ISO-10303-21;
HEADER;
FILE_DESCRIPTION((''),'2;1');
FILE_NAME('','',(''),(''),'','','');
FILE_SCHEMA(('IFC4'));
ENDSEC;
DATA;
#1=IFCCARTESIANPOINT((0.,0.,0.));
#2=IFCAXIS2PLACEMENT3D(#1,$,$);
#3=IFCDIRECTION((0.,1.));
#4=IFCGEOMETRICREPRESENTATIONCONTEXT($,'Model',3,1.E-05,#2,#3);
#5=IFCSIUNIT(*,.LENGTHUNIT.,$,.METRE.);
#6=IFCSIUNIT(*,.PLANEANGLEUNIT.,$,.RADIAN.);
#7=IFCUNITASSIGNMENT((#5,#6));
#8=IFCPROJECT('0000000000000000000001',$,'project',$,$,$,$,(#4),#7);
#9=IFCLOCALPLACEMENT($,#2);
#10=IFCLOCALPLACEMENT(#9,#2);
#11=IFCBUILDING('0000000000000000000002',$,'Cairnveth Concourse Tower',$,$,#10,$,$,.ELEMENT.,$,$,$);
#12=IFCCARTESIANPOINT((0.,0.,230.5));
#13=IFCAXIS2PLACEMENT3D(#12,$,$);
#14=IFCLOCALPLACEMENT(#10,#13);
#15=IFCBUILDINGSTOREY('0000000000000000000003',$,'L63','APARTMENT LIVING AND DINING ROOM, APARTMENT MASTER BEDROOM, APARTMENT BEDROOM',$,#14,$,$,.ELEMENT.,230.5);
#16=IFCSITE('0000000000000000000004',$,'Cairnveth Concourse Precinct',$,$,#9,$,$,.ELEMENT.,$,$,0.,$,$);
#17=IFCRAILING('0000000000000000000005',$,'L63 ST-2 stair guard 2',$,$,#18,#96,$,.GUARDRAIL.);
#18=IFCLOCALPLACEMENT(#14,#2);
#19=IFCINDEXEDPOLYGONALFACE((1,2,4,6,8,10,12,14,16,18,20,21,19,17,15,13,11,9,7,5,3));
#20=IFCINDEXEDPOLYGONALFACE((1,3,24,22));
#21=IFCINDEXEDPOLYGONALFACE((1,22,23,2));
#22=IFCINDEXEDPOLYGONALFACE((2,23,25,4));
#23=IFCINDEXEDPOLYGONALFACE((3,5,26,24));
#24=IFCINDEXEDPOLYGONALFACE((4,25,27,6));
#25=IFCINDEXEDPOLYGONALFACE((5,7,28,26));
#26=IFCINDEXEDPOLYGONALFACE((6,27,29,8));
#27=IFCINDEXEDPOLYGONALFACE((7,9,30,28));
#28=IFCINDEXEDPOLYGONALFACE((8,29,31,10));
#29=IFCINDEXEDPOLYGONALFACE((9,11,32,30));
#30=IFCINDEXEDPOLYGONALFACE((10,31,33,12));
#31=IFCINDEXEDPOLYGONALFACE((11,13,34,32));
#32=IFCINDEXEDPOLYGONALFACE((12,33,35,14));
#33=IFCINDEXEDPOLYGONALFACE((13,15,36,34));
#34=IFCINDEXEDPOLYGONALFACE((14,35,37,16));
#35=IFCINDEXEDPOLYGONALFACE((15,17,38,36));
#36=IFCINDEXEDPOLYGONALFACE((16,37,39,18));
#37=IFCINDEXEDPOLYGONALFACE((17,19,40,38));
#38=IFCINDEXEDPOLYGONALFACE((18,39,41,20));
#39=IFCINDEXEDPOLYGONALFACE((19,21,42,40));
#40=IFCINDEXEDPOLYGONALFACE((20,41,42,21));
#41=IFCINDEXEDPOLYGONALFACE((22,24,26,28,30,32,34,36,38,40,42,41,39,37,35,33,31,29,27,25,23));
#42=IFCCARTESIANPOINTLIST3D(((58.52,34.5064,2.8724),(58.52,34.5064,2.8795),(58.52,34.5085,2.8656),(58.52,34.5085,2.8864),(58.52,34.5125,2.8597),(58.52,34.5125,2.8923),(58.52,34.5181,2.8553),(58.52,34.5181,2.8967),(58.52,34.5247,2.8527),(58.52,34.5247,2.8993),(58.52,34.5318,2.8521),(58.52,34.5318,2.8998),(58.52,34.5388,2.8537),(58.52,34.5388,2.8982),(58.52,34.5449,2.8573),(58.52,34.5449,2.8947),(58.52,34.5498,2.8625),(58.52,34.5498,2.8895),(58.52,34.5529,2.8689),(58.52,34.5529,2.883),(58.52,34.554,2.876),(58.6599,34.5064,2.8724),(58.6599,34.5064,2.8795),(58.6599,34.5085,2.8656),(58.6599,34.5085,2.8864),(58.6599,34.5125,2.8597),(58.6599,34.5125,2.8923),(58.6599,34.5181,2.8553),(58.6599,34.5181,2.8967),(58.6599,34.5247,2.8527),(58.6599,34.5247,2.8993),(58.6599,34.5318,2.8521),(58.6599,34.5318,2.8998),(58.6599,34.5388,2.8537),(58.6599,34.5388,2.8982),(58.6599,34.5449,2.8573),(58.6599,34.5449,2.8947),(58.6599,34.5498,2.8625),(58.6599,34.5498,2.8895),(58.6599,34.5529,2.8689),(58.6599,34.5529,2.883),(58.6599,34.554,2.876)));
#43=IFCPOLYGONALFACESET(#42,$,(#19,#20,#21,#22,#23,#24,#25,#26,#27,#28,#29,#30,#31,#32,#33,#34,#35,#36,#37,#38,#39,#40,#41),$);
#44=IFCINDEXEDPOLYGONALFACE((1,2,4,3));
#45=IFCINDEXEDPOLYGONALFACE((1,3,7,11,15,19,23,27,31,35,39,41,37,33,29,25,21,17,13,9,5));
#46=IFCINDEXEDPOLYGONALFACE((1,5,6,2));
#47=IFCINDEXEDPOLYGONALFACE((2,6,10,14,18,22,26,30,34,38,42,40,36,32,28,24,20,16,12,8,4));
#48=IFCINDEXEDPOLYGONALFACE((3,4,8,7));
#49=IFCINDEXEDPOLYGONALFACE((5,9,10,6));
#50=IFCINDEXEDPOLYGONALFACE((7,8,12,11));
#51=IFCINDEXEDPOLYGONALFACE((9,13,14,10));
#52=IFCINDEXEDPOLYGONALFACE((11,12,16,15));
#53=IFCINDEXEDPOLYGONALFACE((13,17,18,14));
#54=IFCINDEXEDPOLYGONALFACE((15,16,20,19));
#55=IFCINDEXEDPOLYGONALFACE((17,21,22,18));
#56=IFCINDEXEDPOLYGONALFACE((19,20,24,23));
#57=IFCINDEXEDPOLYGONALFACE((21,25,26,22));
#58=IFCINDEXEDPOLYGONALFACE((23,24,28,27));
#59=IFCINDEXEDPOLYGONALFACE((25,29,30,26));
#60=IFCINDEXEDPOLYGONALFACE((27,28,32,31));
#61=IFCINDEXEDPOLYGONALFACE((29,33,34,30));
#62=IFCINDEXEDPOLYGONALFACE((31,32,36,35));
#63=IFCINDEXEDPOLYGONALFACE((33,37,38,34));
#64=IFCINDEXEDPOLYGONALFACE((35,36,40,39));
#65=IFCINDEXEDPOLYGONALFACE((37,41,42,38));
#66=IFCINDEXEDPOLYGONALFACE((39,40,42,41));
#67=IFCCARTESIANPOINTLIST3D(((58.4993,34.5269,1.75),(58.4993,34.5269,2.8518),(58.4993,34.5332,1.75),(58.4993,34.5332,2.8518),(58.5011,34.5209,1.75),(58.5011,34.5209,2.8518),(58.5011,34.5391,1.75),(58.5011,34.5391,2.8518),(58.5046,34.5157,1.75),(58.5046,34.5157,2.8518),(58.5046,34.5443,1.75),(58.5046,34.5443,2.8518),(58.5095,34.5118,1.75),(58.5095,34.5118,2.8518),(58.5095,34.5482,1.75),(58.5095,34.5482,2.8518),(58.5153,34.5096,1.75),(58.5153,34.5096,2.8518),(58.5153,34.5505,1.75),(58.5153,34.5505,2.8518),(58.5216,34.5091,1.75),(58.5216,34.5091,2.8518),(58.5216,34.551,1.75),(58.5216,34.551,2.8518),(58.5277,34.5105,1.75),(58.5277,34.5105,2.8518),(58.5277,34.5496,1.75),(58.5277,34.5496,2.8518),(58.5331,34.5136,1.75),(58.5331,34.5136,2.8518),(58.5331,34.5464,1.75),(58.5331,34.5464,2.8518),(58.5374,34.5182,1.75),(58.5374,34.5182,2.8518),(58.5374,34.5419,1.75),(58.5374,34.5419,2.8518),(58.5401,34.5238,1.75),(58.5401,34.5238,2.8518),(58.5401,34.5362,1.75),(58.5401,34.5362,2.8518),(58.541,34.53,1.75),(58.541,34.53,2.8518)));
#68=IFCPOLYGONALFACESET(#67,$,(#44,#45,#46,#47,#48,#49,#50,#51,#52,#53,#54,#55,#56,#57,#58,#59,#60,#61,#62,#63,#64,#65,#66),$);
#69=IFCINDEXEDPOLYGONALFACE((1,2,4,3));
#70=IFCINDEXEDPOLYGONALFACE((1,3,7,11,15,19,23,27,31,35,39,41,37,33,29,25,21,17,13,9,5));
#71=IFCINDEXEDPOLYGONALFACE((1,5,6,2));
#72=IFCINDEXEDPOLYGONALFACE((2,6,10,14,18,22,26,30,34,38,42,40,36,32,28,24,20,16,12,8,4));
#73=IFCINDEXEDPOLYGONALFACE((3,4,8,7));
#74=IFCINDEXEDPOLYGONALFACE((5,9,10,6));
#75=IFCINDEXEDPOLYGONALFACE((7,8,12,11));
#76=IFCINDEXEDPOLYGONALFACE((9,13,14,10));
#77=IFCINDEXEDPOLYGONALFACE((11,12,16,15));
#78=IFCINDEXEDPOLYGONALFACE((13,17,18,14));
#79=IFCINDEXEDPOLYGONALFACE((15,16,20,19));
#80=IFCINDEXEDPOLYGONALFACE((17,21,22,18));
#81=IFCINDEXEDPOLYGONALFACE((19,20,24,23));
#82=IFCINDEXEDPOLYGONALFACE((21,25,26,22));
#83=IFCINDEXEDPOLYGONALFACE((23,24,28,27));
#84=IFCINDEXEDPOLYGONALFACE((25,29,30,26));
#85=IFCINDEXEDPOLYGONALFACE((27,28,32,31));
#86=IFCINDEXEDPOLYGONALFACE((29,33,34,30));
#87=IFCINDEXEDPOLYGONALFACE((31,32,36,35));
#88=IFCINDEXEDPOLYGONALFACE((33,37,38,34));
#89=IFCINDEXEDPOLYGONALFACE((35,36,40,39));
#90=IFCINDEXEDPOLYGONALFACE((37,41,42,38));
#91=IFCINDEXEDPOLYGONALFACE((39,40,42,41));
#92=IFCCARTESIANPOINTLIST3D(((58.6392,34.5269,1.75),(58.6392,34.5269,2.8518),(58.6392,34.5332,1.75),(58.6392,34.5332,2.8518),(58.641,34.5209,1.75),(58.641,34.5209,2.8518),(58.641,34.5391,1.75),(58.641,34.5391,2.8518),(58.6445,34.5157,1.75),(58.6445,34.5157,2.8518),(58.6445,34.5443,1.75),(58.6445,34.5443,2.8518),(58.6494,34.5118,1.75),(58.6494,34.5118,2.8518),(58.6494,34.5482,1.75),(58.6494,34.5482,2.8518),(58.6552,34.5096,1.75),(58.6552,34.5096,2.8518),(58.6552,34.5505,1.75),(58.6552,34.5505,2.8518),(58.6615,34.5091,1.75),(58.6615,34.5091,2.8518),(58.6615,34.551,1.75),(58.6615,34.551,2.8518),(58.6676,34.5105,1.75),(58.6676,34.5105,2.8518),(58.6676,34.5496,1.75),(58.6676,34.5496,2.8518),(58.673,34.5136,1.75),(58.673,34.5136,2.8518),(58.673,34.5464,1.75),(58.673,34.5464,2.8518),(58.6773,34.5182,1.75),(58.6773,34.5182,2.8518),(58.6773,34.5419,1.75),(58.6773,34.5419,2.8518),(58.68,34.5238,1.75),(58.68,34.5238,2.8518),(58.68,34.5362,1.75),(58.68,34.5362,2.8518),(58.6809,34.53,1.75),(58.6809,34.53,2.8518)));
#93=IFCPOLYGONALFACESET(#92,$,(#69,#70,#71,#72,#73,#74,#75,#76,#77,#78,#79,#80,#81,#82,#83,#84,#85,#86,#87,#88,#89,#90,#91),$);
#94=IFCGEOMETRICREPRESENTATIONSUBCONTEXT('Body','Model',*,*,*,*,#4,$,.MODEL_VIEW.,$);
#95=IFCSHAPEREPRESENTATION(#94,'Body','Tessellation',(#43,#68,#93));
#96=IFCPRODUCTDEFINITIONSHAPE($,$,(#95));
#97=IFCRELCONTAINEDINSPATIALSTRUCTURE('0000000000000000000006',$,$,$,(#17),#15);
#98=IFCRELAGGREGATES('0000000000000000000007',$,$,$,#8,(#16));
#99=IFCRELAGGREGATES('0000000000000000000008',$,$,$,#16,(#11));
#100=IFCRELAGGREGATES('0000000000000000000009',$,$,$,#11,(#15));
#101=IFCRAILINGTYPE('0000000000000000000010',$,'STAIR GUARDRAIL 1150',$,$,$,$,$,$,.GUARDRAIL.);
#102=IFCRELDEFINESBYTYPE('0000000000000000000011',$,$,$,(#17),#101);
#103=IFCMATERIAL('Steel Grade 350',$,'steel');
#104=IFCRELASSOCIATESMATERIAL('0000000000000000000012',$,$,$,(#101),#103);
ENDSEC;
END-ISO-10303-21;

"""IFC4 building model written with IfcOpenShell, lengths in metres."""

from ifc_helpers import new_model, si_unit, direction, frame, origin, origin_2d, place, context, subcontext, project, spatial, circle, extrude, material, type_object, element, save


model = new_model("IFC4")

# Units and contexts
model_context = context("Model", 3, precision=1e-05, world=origin(), true_north=direction((0.0, 1.0)))
body_context = subcontext(model_context, "Body", "Model", "MODEL_VIEW")
ifc_project = project(units=[si_unit("LENGTHUNIT", "METRE"), si_unit("PLANEANGLEUNIT", "RADIAN")], contexts=[model_context])

# Site, building, storey
site_placement = place(None, origin())
site = spatial("IfcSite", under=ifc_project, at=site_placement, Name="Cairnveth Concourse Precinct", CompositionType="ELEMENT", RefElevation=0.0)
building_placement = place(site_placement, origin())
building = spatial("IfcBuilding", under=site, at=building_placement, Name="Cairnveth Concourse Tower", CompositionType="ELEMENT")
storey_placement = place(building_placement, frame((0.0, 0.0, 230.5)))
storey = spatial("IfcBuildingStorey", under=building, at=storey_placement, Name="L63", Description="APARTMENT LIVING AND DINING ROOM, APARTMENT MASTER BEDROOM, APARTMENT BEDROOM", CompositionType="ELEMENT", Elevation=230.5)

# Shared definitions
ifc_material_1 = material(Name="Steel Grade 350", Category="steel")

# Railing
railing_type_1 = type_object("IfcRailingType", Name="STAIR GUARDRAIL 1150", PredefinedType="GUARDRAIL", material=ifc_material_1)
railing_1_placement = place(storey_placement, frame((58.52, 34.53, 1.75)))
element("IfcRailing", 1, at=railing_1_placement, inside=storey, type_object=railing_type_1, Name="L63 ST-2 stair guard 2", PredefinedType="GUARDRAIL", context=body_context, shape_type="SweptSolid", body=[
    extrude(circle(Radius=0.0239, at=origin_2d()), frame((0.0, 0.0, 1.126), z_axis=(1.0, 0.0, 0.0), x_axis=(0.0, 1.0, 0.0)), (0.0, 0.0, 1.0), 0.1399),
    extrude(circle(Radius=0.021, at=origin_2d()), origin(), (0.0, 0.0, 1.0), 1.1018),
    extrude(circle(Radius=0.021, at=origin_2d()), frame((0.1399, 0.0, 0.0)), (0.0, 0.0, 1.0), 1.1018),
])

save(model, "model.ifc")
